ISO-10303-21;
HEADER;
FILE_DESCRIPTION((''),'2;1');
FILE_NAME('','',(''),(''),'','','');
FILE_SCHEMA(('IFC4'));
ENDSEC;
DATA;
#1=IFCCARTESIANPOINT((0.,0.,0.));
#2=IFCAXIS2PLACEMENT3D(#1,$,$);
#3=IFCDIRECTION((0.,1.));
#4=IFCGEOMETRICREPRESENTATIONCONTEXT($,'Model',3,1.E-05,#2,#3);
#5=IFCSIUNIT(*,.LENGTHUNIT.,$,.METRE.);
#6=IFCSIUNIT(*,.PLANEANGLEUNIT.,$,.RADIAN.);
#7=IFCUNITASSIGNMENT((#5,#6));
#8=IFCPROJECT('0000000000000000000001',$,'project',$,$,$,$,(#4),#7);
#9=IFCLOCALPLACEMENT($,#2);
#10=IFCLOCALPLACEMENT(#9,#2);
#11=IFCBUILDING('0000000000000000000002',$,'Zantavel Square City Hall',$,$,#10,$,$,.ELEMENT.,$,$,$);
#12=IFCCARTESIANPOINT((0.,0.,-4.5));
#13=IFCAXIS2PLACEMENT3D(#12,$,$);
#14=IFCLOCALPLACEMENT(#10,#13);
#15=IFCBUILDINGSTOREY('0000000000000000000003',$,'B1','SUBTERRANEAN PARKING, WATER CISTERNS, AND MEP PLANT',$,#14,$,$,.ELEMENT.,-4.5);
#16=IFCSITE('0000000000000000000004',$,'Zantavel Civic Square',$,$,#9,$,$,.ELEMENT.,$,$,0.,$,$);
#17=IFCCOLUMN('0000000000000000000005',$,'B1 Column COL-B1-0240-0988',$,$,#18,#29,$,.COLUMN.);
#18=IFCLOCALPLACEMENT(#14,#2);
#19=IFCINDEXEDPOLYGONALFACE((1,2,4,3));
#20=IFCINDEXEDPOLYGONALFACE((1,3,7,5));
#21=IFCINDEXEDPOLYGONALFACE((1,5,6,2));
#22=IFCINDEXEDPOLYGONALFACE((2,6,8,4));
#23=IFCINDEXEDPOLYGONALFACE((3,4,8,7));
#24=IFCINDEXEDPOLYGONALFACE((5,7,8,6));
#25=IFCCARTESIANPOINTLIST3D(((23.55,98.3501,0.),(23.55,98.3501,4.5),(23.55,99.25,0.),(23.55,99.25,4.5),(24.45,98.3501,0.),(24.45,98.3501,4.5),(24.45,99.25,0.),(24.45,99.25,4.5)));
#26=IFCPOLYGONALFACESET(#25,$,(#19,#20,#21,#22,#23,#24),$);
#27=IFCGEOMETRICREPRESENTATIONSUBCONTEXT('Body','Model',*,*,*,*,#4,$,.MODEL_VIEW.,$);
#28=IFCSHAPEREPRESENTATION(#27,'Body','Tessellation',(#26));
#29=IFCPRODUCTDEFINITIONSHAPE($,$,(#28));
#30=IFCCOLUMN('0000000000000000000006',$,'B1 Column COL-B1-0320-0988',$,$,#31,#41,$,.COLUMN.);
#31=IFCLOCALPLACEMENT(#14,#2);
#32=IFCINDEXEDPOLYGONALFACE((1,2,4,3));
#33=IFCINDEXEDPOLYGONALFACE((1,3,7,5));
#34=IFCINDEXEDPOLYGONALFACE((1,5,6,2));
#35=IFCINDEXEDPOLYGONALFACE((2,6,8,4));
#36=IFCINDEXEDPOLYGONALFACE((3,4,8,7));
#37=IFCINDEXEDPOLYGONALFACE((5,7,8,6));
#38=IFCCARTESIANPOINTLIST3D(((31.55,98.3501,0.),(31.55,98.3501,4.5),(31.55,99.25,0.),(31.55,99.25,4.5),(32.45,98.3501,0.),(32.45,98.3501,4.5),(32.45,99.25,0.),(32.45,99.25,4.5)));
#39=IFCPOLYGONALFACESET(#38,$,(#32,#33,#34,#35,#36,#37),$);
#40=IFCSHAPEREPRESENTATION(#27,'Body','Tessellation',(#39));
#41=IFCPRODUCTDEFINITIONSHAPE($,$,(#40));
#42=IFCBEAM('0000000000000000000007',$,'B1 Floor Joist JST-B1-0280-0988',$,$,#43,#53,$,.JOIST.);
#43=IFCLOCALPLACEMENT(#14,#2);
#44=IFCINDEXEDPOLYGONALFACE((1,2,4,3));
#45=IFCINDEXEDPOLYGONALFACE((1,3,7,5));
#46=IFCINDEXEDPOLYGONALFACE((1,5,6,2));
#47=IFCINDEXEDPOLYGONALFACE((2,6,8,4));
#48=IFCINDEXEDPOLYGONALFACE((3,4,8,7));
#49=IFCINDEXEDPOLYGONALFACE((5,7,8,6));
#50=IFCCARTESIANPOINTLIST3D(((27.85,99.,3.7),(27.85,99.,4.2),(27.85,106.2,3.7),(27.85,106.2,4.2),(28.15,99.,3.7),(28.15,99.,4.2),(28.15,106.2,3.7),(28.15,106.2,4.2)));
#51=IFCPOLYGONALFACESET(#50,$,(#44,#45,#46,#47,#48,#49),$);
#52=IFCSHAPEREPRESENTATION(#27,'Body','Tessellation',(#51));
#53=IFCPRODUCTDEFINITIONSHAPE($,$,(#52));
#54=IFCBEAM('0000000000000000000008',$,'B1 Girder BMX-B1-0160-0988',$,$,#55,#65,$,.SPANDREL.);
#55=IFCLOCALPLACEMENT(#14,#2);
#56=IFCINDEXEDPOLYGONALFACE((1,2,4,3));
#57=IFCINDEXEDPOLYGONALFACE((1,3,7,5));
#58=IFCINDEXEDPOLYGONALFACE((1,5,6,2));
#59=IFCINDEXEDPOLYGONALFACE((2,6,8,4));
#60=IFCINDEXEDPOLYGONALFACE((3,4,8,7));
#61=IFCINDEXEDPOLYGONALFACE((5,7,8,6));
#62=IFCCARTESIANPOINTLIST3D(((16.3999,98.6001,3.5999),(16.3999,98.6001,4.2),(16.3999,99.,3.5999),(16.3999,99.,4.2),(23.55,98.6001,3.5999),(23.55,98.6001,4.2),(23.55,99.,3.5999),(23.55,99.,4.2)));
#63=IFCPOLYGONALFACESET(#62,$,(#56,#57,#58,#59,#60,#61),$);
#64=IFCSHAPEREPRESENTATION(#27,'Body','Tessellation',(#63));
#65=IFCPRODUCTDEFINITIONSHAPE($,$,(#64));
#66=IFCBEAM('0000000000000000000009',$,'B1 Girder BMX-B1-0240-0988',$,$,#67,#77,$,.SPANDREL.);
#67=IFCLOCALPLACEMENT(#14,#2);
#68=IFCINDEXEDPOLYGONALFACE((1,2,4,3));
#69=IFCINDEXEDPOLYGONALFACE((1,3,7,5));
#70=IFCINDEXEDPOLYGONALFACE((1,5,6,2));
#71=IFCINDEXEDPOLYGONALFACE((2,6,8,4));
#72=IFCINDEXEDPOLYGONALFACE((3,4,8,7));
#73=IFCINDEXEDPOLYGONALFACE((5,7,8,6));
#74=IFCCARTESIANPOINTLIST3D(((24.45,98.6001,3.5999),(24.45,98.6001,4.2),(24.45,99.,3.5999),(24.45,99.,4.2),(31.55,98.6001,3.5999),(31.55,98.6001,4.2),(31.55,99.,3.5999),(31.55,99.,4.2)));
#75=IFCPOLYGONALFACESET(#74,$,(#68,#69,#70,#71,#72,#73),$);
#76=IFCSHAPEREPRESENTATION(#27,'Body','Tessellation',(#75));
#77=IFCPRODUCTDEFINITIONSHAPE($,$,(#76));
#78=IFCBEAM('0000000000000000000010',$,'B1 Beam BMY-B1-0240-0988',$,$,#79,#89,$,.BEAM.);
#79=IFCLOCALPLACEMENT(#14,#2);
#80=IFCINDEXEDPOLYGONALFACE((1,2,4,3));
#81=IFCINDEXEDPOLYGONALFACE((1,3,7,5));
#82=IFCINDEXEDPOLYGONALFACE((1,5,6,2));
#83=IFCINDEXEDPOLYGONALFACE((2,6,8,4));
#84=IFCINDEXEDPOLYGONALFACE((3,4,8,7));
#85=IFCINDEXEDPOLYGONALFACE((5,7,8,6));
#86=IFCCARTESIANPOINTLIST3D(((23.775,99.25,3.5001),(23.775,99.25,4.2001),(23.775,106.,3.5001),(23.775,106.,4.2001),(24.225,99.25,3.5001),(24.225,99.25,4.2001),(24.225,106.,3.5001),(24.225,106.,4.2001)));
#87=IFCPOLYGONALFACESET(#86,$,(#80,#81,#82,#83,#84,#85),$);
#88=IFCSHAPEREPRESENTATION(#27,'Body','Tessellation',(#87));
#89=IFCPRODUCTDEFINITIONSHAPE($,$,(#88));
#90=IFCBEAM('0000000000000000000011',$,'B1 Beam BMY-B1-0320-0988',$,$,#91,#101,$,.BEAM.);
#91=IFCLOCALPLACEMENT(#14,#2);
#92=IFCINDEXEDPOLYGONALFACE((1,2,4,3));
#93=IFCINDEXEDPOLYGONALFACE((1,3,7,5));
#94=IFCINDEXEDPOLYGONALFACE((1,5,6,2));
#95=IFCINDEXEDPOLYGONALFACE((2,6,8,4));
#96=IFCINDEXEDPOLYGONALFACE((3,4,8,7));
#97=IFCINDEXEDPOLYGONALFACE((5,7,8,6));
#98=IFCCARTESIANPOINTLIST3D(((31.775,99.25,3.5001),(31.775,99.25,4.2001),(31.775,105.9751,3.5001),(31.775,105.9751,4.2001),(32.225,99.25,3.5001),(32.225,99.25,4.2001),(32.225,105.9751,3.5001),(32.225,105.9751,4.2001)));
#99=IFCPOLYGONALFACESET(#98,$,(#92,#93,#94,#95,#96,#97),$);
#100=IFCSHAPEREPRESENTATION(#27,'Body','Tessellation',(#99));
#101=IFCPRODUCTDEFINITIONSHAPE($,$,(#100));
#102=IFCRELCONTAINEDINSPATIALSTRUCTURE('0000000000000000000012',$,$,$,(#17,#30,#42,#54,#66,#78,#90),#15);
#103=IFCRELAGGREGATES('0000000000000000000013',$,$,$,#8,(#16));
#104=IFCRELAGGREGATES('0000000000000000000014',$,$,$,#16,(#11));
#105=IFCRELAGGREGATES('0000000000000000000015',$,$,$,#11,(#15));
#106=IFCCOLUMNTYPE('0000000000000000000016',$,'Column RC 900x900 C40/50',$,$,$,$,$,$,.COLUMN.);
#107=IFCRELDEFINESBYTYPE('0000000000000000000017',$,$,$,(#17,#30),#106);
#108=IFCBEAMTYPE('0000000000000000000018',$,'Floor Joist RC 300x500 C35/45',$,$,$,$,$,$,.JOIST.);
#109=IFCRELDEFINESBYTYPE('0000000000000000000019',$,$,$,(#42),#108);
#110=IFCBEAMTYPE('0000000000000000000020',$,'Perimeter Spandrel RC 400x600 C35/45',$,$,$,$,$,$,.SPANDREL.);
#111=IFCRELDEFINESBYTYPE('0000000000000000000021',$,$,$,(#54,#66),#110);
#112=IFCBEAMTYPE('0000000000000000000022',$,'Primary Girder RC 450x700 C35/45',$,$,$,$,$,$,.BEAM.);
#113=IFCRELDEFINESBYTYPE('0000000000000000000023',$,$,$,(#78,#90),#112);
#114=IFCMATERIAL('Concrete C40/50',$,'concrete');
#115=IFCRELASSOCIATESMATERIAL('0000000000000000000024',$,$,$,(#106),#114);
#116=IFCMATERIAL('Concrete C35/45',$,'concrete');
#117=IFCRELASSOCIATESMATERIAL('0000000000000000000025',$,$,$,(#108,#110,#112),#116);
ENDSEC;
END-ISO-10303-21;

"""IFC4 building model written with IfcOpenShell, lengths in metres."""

from ifc_helpers import new_model, si_unit, direction, frame, origin, origin_2d, place, context, subcontext, project, spatial, rectangle, extrude, material, material_profile, profile_set, type_object, element, save


model = new_model("IFC4")

# Units and contexts
model_context = context("Model", 3, precision=1e-05, world=origin(), true_north=direction((0.0, 1.0)))
body_context = subcontext(model_context, "Body", "Model", "MODEL_VIEW")
ifc_project = project(units=[si_unit("LENGTHUNIT", "METRE"), si_unit("PLANEANGLEUNIT", "RADIAN")], contexts=[model_context])

# Site, building, storey
site_placement = place(None, origin())
site = spatial("IfcSite", under=ifc_project, at=site_placement, Name="Zantavel Civic Square", CompositionType="ELEMENT", RefElevation=0.0)
building_placement = place(site_placement, origin())
building = spatial("IfcBuilding", under=site, at=building_placement, Name="Zantavel Square City Hall", CompositionType="ELEMENT")
storey_placement = place(building_placement, frame((0.0, 0.0, -4.5)))
storey = spatial("IfcBuildingStorey", under=building, at=storey_placement, Name="B1", Description="SUBTERRANEAN PARKING, WATER CISTERNS, AND MEP PLANT", CompositionType="ELEMENT", Elevation=-4.5)

# Shared definitions
ifc_material_1 = material(Name="Concrete C35/45", Category="concrete")

# Shared definitions
ifc_material_2 = material(Name="Concrete C40/50", Category="concrete")

# Columns
ifc_material_profile_1 = material_profile(ifc_material_2, rectangle(XDim=0.8999, YDim=0.8999, at=origin_2d()), Name="RC 900x900")
ifc_profile_set_1 = profile_set([ifc_material_profile_1], Name="Concrete C40/50")
column_type_1 = type_object("IfcColumnType", Name="Column RC 900x900 C40/50", PredefinedType="COLUMN", material=ifc_profile_set_1)
for number, where, z_axis, x_axis, name in (
    (1, (24.0, 98.8, 0.0), (0.0, 0.0, 1.0), (1.0, 0.0, 0.0), "B1 Column COL-B1-0240-0988"),
    (2, (32.0, 98.8, 0.0), (0.0, 0.0, 1.0), (1.0, 0.0, 0.0), "B1 Column COL-B1-0320-0988"),
):
    element("IfcColumn", number, at=place(storey_placement, frame(where, z_axis=z_axis, x_axis=x_axis)), inside=storey, type_object=column_type_1, Name=name, PredefinedType="COLUMN", context=body_context, shape_type="SweptSolid", body=[
        extrude(rectangle(XDim=0.8999, YDim=0.8999, at=origin_2d()), origin(), (0.0, 0.0, 1.0), 4.5),
    ])

# Beams
ifc_material_profile_2 = material_profile(ifc_material_1, rectangle(XDim=0.3, YDim=0.5, at=origin_2d()), Name="RC 300x500")
ifc_profile_set_2 = profile_set([ifc_material_profile_2], Name="Concrete C35/45")
beam_type_1 = type_object("IfcBeamType", Name="Floor Joist RC 300x500 C35/45", PredefinedType="JOIST", material=ifc_profile_set_2)
beam_1_placement = place(storey_placement, frame((28.0, 99.0, 3.95), z_axis=(0.0, 1.0, 0.0), x_axis=(-1.0, 0.0, 0.0)))
element("IfcBeam", 3, at=beam_1_placement, inside=storey, type_object=beam_type_1, Name="B1 Floor Joist JST-B1-0280-0988", PredefinedType="JOIST", context=body_context, shape_type="SweptSolid", body=[
    extrude(rectangle(XDim=0.3, YDim=0.5, at=origin_2d()), origin(), (0.0, 0.0, 1.0), 7.2),
])
ifc_material_profile_3 = material_profile(ifc_material_1, rectangle(XDim=0.3999, YDim=0.6001, at=origin_2d()), Name="RC 400x600")
ifc_profile_set_3 = profile_set([ifc_material_profile_3], Name="Concrete C35/45")
beam_type_2 = type_object("IfcBeamType", Name="Perimeter Spandrel RC 400x600 C35/45", PredefinedType="SPANDREL", material=ifc_profile_set_3)
beam_2_placement = place(storey_placement, frame((16.3999, 98.8, 3.8999), z_axis=(1.0, 0.0, 0.0), x_axis=(0.0, 1.0, 0.0)))
element("IfcBeam", 4, at=beam_2_placement, inside=storey, type_object=beam_type_2, Name="B1 Girder BMX-B1-0160-0988", PredefinedType="SPANDREL", context=body_context, shape_type="SweptSolid", body=[
    extrude(rectangle(XDim=0.3999, YDim=0.6001, at=origin_2d()), origin(), (0.0, 0.0, 1.0), 7.1501),
])
beam_3_placement = place(storey_placement, frame((24.45, 98.8, 3.8999), z_axis=(1.0, 0.0, 0.0), x_axis=(0.0, 1.0, 0.0)))
element("IfcBeam", 5, at=beam_3_placement, inside=storey, type_object=beam_type_2, Name="B1 Girder BMX-B1-0240-0988", PredefinedType="SPANDREL", context=body_context, shape_type="SweptSolid", body=[
    extrude(rectangle(XDim=0.3999, YDim=0.6001, at=origin_2d()), origin(), (0.0, 0.0, 1.0), 7.1001),
])
ifc_material_profile_4 = material_profile(ifc_material_1, rectangle(XDim=0.45, YDim=0.7, at=origin_2d()), Name="RC 450x700")
ifc_profile_set_4 = profile_set([ifc_material_profile_4], Name="Concrete C35/45")
beam_type_3 = type_object("IfcBeamType", Name="Primary Girder RC 450x700 C35/45", PredefinedType="BEAM", material=ifc_profile_set_4)
beam_4_placement = place(storey_placement, frame((24.0, 99.25, 3.8501), z_axis=(0.0, 1.0, 0.0), x_axis=(-1.0, 0.0, 0.0)))
element("IfcBeam", 6, at=beam_4_placement, inside=storey, type_object=beam_type_3, Name="B1 Beam BMY-B1-0240-0988", PredefinedType="BEAM", context=body_context, shape_type="SweptSolid", body=[
    extrude(rectangle(XDim=0.45, YDim=0.7, at=origin_2d()), origin(), (0.0, 0.0, 1.0), 6.75),
])
beam_5_placement = place(storey_placement, frame((32.0, 99.25, 3.8501), z_axis=(0.0, 1.0, 0.0), x_axis=(-1.0, 0.0, 0.0)))
element("IfcBeam", 7, at=beam_5_placement, inside=storey, type_object=beam_type_3, Name="B1 Beam BMY-B1-0320-0988", PredefinedType="BEAM", context=body_context, shape_type="SweptSolid", body=[
    extrude(rectangle(XDim=0.45, YDim=0.7, at=origin_2d()), origin(), (0.0, 0.0, 1.0), 6.7251),
])

save(model, "model.ifc")
